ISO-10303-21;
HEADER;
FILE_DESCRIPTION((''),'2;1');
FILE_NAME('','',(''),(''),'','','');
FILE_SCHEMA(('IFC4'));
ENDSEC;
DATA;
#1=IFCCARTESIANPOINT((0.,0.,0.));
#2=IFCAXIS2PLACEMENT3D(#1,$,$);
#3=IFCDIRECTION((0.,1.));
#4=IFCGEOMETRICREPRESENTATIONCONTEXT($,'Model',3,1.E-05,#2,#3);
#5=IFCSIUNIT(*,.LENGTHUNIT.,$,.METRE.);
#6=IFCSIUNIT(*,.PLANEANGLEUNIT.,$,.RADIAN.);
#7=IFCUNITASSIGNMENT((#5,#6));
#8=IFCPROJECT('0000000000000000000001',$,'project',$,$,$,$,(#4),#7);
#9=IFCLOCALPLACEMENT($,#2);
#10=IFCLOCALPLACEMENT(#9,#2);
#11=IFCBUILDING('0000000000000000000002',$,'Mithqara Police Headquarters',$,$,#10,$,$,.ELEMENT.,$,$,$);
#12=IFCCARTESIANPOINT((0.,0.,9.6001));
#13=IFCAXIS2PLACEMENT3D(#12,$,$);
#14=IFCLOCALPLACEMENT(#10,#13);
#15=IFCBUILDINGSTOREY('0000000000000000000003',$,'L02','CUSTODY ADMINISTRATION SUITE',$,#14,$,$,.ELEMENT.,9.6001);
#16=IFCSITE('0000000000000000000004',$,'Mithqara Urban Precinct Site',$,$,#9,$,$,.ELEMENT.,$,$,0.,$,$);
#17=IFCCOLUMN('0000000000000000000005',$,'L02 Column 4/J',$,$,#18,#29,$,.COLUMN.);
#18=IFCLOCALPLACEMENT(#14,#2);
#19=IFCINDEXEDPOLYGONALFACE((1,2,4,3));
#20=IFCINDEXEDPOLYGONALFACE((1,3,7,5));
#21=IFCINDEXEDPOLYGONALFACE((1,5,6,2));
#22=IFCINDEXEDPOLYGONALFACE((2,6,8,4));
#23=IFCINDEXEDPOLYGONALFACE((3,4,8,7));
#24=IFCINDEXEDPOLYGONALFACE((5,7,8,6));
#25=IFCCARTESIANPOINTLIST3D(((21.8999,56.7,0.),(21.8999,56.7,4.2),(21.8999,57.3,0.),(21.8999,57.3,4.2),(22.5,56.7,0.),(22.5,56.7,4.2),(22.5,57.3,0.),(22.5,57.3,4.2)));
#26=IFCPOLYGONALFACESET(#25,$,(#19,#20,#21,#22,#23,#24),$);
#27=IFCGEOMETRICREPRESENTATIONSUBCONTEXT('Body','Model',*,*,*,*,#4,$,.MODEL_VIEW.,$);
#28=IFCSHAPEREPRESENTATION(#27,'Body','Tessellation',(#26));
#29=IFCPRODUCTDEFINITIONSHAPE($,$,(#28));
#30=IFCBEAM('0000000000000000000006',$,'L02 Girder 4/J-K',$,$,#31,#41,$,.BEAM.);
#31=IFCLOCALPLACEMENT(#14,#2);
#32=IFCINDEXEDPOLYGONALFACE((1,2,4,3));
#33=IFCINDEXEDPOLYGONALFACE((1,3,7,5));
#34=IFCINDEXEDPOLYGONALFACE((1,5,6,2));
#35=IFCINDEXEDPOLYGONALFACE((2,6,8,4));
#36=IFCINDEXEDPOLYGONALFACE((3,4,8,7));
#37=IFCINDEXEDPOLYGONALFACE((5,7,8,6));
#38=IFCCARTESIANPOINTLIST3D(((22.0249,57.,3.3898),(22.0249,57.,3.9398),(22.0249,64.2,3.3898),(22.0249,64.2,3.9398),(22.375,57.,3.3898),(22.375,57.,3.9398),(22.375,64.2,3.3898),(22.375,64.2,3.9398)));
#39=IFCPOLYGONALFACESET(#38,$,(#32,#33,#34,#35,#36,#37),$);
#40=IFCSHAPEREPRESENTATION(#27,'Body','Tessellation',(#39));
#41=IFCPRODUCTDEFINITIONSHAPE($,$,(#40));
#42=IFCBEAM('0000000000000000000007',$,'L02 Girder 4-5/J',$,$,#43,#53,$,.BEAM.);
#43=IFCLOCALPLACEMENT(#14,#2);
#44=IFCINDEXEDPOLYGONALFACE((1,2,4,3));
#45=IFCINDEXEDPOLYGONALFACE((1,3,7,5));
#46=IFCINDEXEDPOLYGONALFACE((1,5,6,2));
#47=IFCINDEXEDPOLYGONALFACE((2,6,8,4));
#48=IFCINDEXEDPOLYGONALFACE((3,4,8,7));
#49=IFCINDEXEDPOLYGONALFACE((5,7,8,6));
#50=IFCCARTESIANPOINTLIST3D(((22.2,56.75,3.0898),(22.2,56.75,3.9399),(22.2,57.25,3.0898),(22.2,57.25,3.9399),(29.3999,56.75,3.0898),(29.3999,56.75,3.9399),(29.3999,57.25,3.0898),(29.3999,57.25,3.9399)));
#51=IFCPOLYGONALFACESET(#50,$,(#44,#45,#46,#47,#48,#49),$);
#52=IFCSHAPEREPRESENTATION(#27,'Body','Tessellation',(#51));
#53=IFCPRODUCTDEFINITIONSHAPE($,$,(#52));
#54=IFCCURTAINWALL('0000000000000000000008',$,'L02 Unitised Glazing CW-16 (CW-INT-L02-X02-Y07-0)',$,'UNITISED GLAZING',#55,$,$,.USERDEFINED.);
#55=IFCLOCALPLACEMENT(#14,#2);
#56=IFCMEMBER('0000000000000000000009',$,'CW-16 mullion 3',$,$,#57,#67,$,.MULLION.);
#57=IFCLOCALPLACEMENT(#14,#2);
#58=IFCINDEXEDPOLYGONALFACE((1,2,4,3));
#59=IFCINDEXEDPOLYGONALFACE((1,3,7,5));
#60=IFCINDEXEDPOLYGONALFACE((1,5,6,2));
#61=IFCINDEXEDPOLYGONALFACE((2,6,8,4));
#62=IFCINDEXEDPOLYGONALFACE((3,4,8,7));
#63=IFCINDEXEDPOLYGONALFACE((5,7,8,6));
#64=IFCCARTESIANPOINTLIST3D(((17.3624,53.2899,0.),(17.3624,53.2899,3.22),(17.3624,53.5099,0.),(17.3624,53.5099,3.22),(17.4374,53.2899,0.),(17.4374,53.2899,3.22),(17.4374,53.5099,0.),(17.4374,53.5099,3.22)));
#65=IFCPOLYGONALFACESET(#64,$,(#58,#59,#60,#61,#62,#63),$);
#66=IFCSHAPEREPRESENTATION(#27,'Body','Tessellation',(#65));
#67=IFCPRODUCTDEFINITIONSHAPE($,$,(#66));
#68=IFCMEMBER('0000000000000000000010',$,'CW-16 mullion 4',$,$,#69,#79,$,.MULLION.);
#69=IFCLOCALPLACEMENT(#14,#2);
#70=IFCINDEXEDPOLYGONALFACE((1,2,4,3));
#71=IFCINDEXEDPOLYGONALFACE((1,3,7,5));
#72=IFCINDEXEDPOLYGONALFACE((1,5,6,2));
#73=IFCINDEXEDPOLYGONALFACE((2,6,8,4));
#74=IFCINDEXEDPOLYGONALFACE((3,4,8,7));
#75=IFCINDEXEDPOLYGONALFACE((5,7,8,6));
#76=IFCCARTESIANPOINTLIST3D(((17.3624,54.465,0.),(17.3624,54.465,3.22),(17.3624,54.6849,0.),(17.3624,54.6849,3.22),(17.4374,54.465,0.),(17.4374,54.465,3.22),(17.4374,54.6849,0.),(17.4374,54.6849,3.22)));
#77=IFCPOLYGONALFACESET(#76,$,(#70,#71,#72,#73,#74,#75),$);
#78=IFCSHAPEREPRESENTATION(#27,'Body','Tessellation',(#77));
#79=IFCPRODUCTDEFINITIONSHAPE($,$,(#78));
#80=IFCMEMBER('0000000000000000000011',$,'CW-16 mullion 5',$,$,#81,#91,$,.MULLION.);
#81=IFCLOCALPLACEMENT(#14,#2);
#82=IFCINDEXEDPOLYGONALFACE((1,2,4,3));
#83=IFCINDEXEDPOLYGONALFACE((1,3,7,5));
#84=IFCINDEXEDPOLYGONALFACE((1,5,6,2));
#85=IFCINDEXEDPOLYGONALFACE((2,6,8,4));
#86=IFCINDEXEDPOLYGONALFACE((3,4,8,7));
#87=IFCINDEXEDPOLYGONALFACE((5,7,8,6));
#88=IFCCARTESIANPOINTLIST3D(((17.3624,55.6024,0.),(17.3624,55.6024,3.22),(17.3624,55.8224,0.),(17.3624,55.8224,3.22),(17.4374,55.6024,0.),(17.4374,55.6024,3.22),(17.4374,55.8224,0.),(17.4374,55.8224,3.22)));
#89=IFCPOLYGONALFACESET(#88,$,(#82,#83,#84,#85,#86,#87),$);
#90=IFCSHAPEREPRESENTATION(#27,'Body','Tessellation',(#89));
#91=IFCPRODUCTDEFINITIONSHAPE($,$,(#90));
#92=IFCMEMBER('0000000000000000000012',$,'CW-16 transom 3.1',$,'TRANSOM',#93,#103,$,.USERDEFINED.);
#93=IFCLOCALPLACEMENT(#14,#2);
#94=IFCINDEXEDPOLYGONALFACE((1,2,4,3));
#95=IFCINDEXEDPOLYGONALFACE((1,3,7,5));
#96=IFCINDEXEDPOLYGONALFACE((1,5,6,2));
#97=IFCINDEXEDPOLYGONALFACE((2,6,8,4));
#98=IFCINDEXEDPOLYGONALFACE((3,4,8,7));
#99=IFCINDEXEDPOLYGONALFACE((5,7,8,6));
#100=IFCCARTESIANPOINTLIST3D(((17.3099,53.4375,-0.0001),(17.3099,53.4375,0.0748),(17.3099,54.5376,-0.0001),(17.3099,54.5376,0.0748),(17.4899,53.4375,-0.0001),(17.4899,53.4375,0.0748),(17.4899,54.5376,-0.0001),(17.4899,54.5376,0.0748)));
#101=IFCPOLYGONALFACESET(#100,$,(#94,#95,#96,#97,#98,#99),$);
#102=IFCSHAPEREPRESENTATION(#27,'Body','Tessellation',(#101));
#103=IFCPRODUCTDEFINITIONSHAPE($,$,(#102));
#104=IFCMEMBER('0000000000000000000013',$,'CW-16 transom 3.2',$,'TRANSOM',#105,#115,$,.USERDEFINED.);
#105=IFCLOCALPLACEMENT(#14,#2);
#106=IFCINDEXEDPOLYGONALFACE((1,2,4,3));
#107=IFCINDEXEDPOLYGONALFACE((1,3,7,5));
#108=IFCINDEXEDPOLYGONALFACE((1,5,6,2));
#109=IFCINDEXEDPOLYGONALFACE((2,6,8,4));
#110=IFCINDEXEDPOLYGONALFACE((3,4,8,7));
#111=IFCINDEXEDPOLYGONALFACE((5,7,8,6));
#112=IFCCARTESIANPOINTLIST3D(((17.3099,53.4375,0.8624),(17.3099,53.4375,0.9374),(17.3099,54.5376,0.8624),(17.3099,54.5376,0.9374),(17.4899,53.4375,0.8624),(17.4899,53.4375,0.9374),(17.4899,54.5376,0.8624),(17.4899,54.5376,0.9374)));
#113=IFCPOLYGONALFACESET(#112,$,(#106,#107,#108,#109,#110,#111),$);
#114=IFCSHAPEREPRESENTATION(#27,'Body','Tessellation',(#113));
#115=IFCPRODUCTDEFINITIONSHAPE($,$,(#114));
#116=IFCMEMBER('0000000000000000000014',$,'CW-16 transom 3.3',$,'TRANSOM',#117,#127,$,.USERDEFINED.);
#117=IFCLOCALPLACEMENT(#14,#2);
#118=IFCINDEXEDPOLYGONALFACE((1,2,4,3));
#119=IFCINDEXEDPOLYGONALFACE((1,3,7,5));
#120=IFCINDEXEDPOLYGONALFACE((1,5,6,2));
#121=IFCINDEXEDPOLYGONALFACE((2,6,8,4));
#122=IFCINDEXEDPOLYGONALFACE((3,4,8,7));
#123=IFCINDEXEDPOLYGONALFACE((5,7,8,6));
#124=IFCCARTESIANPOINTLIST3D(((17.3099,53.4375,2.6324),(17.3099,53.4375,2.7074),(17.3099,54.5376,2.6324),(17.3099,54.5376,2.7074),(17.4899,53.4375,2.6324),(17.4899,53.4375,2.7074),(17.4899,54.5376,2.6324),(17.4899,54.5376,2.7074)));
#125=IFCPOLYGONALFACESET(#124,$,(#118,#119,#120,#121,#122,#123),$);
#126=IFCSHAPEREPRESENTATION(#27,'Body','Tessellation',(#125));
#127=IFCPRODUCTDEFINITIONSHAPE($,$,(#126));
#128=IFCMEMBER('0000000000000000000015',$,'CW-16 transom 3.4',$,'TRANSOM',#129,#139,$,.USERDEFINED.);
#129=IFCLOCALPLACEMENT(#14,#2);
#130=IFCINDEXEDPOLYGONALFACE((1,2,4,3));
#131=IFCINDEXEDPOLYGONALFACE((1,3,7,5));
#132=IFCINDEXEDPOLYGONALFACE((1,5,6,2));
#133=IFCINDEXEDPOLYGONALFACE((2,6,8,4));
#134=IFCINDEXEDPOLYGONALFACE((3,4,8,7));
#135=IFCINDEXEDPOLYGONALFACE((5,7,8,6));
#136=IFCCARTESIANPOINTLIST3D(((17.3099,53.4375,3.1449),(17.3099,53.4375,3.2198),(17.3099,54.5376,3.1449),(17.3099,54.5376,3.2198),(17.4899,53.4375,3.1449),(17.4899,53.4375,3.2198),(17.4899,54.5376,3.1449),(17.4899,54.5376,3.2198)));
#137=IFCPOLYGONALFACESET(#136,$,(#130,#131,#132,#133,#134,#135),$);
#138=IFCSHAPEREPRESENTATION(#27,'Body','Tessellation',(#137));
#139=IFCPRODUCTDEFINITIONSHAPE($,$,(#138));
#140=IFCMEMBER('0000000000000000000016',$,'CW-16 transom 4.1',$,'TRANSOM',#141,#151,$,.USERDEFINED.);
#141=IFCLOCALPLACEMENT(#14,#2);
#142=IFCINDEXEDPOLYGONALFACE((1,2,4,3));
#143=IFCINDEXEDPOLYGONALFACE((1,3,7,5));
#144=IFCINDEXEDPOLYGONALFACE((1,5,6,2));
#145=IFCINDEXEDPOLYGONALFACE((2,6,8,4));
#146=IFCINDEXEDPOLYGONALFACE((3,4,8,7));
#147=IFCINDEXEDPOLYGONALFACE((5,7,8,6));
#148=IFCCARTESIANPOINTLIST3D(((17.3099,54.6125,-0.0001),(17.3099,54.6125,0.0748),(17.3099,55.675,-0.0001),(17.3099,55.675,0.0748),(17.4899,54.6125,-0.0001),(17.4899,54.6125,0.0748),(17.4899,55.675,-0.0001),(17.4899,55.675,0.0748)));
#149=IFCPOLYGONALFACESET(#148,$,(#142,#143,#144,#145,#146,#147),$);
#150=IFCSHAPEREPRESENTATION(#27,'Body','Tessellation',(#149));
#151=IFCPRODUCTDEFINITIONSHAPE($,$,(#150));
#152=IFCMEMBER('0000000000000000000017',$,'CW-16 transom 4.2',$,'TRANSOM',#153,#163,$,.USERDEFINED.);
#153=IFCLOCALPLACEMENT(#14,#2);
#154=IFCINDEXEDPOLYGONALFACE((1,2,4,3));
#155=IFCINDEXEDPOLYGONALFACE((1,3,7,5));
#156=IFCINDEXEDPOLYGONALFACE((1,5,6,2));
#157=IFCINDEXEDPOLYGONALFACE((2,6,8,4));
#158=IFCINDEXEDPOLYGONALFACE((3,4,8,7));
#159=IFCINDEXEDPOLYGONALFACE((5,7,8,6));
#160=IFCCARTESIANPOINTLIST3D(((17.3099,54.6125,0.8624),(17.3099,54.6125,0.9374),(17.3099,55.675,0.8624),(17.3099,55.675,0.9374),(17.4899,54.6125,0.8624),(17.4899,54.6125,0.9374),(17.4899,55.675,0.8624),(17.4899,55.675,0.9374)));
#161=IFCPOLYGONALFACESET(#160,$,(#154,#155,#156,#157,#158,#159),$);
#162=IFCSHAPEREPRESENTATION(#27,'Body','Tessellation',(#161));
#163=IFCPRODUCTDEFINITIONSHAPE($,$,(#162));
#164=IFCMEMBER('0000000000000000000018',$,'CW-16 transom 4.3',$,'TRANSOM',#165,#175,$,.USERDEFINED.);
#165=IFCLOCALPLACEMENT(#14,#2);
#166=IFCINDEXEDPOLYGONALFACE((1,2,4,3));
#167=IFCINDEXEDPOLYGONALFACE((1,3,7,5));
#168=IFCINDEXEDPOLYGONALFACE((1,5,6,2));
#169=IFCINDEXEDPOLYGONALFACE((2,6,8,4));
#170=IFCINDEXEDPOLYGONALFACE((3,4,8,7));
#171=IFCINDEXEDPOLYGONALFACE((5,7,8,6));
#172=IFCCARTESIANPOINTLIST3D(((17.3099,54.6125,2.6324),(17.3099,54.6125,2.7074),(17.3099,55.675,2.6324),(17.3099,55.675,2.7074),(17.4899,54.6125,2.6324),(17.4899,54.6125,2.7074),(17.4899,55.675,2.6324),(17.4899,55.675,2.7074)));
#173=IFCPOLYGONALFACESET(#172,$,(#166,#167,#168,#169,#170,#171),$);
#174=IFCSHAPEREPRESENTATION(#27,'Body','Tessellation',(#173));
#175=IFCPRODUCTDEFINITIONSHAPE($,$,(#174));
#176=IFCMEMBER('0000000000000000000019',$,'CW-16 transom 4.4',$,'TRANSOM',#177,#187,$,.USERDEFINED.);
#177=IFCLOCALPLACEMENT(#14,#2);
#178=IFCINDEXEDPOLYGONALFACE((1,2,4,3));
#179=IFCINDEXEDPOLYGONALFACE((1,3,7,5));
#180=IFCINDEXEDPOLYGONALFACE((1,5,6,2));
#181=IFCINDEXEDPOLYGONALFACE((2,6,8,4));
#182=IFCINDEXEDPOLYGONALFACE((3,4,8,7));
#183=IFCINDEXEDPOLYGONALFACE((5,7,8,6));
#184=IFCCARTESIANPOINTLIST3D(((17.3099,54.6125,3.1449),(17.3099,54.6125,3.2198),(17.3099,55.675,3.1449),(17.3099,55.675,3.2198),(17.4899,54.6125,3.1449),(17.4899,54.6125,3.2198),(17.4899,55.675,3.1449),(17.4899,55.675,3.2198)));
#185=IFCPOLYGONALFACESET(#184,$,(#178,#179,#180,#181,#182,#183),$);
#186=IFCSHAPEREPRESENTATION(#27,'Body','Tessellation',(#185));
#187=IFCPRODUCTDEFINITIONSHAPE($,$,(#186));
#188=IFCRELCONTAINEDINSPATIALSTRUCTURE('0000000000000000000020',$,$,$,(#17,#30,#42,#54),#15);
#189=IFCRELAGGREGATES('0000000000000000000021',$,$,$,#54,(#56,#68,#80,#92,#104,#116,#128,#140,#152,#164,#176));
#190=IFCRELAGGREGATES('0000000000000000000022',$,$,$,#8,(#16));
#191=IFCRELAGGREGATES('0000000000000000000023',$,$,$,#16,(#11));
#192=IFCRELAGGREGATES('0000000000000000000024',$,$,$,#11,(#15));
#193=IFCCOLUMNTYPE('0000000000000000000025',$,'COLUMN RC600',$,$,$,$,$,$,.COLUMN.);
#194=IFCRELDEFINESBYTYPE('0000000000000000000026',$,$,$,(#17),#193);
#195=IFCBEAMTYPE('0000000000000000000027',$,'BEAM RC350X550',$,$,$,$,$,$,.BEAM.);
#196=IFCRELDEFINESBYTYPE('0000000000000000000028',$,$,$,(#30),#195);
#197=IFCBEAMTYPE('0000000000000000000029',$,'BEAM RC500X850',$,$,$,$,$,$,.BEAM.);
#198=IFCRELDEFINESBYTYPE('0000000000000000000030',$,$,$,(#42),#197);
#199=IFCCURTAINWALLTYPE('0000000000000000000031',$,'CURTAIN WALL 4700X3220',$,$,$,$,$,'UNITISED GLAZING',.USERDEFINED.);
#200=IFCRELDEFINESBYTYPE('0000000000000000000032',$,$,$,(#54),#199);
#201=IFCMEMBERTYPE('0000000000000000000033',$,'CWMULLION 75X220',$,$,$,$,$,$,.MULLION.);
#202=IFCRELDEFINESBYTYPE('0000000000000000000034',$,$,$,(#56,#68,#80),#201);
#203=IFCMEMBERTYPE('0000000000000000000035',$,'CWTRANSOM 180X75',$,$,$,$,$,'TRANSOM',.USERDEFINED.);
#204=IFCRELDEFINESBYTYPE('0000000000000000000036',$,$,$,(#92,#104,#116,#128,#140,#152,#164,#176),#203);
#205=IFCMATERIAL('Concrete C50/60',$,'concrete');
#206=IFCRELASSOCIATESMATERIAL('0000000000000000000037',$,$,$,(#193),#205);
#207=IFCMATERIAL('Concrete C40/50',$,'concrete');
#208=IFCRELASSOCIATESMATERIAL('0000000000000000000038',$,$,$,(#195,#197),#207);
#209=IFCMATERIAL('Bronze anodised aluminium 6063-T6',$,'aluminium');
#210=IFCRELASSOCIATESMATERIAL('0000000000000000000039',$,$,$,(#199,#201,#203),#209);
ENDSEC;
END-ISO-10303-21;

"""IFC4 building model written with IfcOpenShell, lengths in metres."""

from ifc_helpers import new_model, si_unit, direction, frame, origin, origin_2d, place, context, subcontext, project, spatial, rectangle, extrude, material, material_profile, profile_set, type_object, element, aggregate, save


model = new_model("IFC4")

# Units and contexts
model_context = context("Model", 3, precision=1e-05, world=origin(), true_north=direction((0.0, 1.0)))
body_context = subcontext(model_context, "Body", "Model", "MODEL_VIEW")
ifc_project = project(units=[si_unit("LENGTHUNIT", "METRE"), si_unit("PLANEANGLEUNIT", "RADIAN")], contexts=[model_context])

# Site, building, storey
site_placement = place(None, origin())
site = spatial("IfcSite", under=ifc_project, at=site_placement, Name="Mithqara Urban Precinct Site", CompositionType="ELEMENT", RefElevation=0.0)
building_placement = place(site_placement, origin())
building = spatial("IfcBuilding", under=site, at=building_placement, Name="Mithqara Police Headquarters", CompositionType="ELEMENT")
storey_placement = place(building_placement, frame((0.0, 0.0, 9.6001)))
storey = spatial("IfcBuildingStorey", under=building, at=storey_placement, Name="L02", Description="CUSTODY ADMINISTRATION SUITE", CompositionType="ELEMENT", Elevation=9.6001)

# Column
ifc_material_1 = material(Name="Concrete C50/60", Category="concrete")
ifc_material_profile_1 = material_profile(ifc_material_1, rectangle(XDim=0.6001, YDim=0.6001, at=origin_2d()), Name="RC 600x600")
ifc_profile_set_1 = profile_set([ifc_material_profile_1], Name="Concrete C50/60")
column_type = type_object("IfcColumnType", Name="COLUMN RC600", PredefinedType="COLUMN", material=ifc_profile_set_1)
column_placement = place(storey_placement, frame((22.2, 57.0, 0.0), z_axis=(0.0, 0.0, 1.0), x_axis=(1.0, 0.0, 0.0)))
element("IfcColumn", 1, at=column_placement, inside=storey, type_object=column_type, Name="L02 Column 4/J", PredefinedType="COLUMN", context=body_context, shape_type="SweptSolid", body=[
    extrude(rectangle(XDim=0.6001, YDim=0.6001, at=origin_2d()), origin(), (0.0, 0.0, 1.0), 4.2),
])

# Beams
ifc_material_2 = material(Name="Concrete C40/50", Category="concrete")
ifc_material_profile_2 = material_profile(ifc_material_2, rectangle(XDim=0.3501, YDim=0.55, at=origin_2d()), Name="RC 350x550")
ifc_profile_set_2 = profile_set([ifc_material_profile_2], Name="Concrete C40/50")
beam_type_1 = type_object("IfcBeamType", Name="BEAM RC350X550", PredefinedType="BEAM", material=ifc_profile_set_2)
beam_1_placement = place(storey_placement, frame((22.2, 57.0, 3.6648), z_axis=(0.0, 1.0, 0.0), x_axis=(-1.0, 0.0, 0.0)))
element("IfcBeam", 2, at=beam_1_placement, inside=storey, type_object=beam_type_1, Name="L02 Girder 4/J-K", PredefinedType="BEAM", context=body_context, shape_type="SweptSolid", body=[
    extrude(rectangle(XDim=0.3501, YDim=0.55, at=origin_2d()), origin(), (0.0, 0.0, 1.0), 7.2),
])
ifc_material_profile_3 = material_profile(ifc_material_2, rectangle(XDim=0.5, YDim=0.8501, at=origin_2d()), Name="RC 500x850")
ifc_profile_set_3 = profile_set([ifc_material_profile_3], Name="Concrete C40/50")
beam_type_2 = type_object("IfcBeamType", Name="BEAM RC500X850", PredefinedType="BEAM", material=ifc_profile_set_3)
beam_2_placement = place(storey_placement, frame((22.2, 57.0, 3.5149), z_axis=(1.0, 0.0, 0.0), x_axis=(0.0, 1.0, 0.0)))
element("IfcBeam", 3, at=beam_2_placement, inside=storey, type_object=beam_type_2, Name="L02 Girder 4-5/J", PredefinedType="BEAM", context=body_context, shape_type="SweptSolid", body=[
    extrude(rectangle(XDim=0.5, YDim=0.8501, at=origin_2d()), origin(), (0.0, 0.0, 1.0), 7.2),
])

# Curtain wall, members
ifc_material_3 = material(Name="Bronze anodised aluminium 6063-T6", Category="aluminium")
curtain_wall_type = type_object("IfcCurtainWallType", Name="CURTAIN WALL 4700X3220", ElementType="UNITISED GLAZING", PredefinedType="USERDEFINED", material=ifc_material_3)
curtain_wall_placement = place(storey_placement, origin())
curtain_wall = element("IfcCurtainWall", 4, at=curtain_wall_placement, inside=storey, type_object=curtain_wall_type, Name="L02 Unitised Glazing CW-16 (CW-INT-L02-X02-Y07-0)", ObjectType="UNITISED GLAZING", PredefinedType="USERDEFINED")
ifc_material_profile_4 = material_profile(ifc_material_3, rectangle(XDim=0.075, YDim=0.22, at=origin_2d()), Name="CWM 75x220")
ifc_profile_set_4 = profile_set([ifc_material_profile_4], Name="Bronze anodised aluminium 6063-T6")
member_type_1 = type_object("IfcMemberType", Name="CWMULLION 75X220", PredefinedType="MULLION", material=ifc_profile_set_4)
member_1_placement = place(storey_placement, frame((17.3999, 53.3999, 0.0), z_axis=(0.0, 0.0, 1.0), x_axis=(-1.0, 0.0, 0.0)))
member_1 = element("IfcMember", 5, at=member_1_placement, type_object=member_type_1, Name="CW-16 mullion 3", PredefinedType="MULLION", context=body_context, shape_type="SweptSolid", body=[
    extrude(rectangle(XDim=0.075, YDim=0.22, at=origin_2d()), origin(), (0.0, 0.0, 1.0), 3.22),
])
member_2_placement = place(storey_placement, frame((17.3999, 54.575, 0.0), z_axis=(0.0, 0.0, 1.0), x_axis=(-1.0, 0.0, 0.0)))
member_2 = element("IfcMember", 6, at=member_2_placement, type_object=member_type_1, Name="CW-16 mullion 4", PredefinedType="MULLION", context=body_context, shape_type="SweptSolid", body=[
    extrude(rectangle(XDim=0.075, YDim=0.22, at=origin_2d()), origin(), (0.0, 0.0, 1.0), 3.22),
])
member_3_placement = place(storey_placement, frame((17.3999, 55.7124, 0.0), z_axis=(0.0, 0.0, 1.0), x_axis=(-1.0, 0.0, 0.0)))
member_3 = element("IfcMember", 7, at=member_3_placement, type_object=member_type_1, Name="CW-16 mullion 5", PredefinedType="MULLION", context=body_context, shape_type="SweptSolid", body=[
    extrude(rectangle(XDim=0.075, YDim=0.22, at=origin_2d()), origin(), (0.0, 0.0, 1.0), 3.22),
])
ifc_material_profile_5 = material_profile(ifc_material_3, rectangle(XDim=0.1799, YDim=0.075, at=origin_2d()), Name="CWT 180x75")
ifc_profile_set_5 = profile_set([ifc_material_profile_5], Name="Bronze anodised aluminium 6063-T6")
member_type_2 = type_object("IfcMemberType", Name="CWTRANSOM 180X75", ElementType="TRANSOM", PredefinedType="USERDEFINED", material=ifc_profile_set_5)
member_4_placement = place(storey_placement, frame((17.3999, 53.4375, 0.0374), z_axis=(0.0, 1.0, 0.0), x_axis=(-1.0, 0.0, 0.0)))
member_4 = element("IfcMember", 8, at=member_4_placement, type_object=member_type_2, Name="CW-16 transom 3.1", ObjectType="TRANSOM", PredefinedType="USERDEFINED", context=body_context, shape_type="SweptSolid", body=[
    extrude(rectangle(XDim=0.1799, YDim=0.075, at=origin_2d()), origin(), (0.0, 0.0, 1.0), 1.1001),
])
member_5_placement = place(storey_placement, frame((17.3999, 53.4375, 0.8999), z_axis=(0.0, 1.0, 0.0), x_axis=(-1.0, 0.0, 0.0)))
member_5 = element("IfcMember", 9, at=member_5_placement, type_object=member_type_2, Name="CW-16 transom 3.2", ObjectType="TRANSOM", PredefinedType="USERDEFINED", context=body_context, shape_type="SweptSolid", body=[
    extrude(rectangle(XDim=0.1799, YDim=0.075, at=origin_2d()), origin(), (0.0, 0.0, 1.0), 1.1001),
])
member_6_placement = place(storey_placement, frame((17.3999, 53.4375, 2.6699), z_axis=(0.0, 1.0, 0.0), x_axis=(-1.0, 0.0, 0.0)))
member_6 = element("IfcMember", 10, at=member_6_placement, type_object=member_type_2, Name="CW-16 transom 3.3", ObjectType="TRANSOM", PredefinedType="USERDEFINED", context=body_context, shape_type="SweptSolid", body=[
    extrude(rectangle(XDim=0.1799, YDim=0.075, at=origin_2d()), origin(), (0.0, 0.0, 1.0), 1.1001),
])
member_7_placement = place(storey_placement, frame((17.3999, 53.4375, 3.1824), z_axis=(0.0, 1.0, 0.0), x_axis=(-1.0, 0.0, 0.0)))
member_7 = element("IfcMember", 11, at=member_7_placement, type_object=member_type_2, Name="CW-16 transom 3.4", ObjectType="TRANSOM", PredefinedType="USERDEFINED", context=body_context, shape_type="SweptSolid", body=[
    extrude(rectangle(XDim=0.1799, YDim=0.075, at=origin_2d()), origin(), (0.0, 0.0, 1.0), 1.1001),
])
member_8_placement = place(storey_placement, frame((17.3999, 54.6125, 0.0374), z_axis=(0.0, 1.0, 0.0), x_axis=(-1.0, 0.0, 0.0)))
member_8 = element("IfcMember", 12, at=member_8_placement, type_object=member_type_2, Name="CW-16 transom 4.1", ObjectType="TRANSOM", PredefinedType="USERDEFINED", context=body_context, shape_type="SweptSolid", body=[
    extrude(rectangle(XDim=0.1799, YDim=0.075, at=origin_2d()), origin(), (0.0, 0.0, 1.0), 1.0625),
])
member_9_placement = place(storey_placement, frame((17.3999, 54.6125, 0.8999), z_axis=(0.0, 1.0, 0.0), x_axis=(-1.0, 0.0, 0.0)))
member_9 = element("IfcMember", 13, at=member_9_placement, type_object=member_type_2, Name="CW-16 transom 4.2", ObjectType="TRANSOM", PredefinedType="USERDEFINED", context=body_context, shape_type="SweptSolid", body=[
    extrude(rectangle(XDim=0.1799, YDim=0.075, at=origin_2d()), origin(), (0.0, 0.0, 1.0), 1.0625),
])
member_10_placement = place(storey_placement, frame((17.3999, 54.6125, 2.6699), z_axis=(0.0, 1.0, 0.0), x_axis=(-1.0, 0.0, 0.0)))
member_10 = element("IfcMember", 14, at=member_10_placement, type_object=member_type_2, Name="CW-16 transom 4.3", ObjectType="TRANSOM", PredefinedType="USERDEFINED", context=body_context, shape_type="SweptSolid", body=[
    extrude(rectangle(XDim=0.1799, YDim=0.075, at=origin_2d()), origin(), (0.0, 0.0, 1.0), 1.0625),
])
member_11_placement = place(storey_placement, frame((17.3999, 54.6125, 3.1824), z_axis=(0.0, 1.0, 0.0), x_axis=(-1.0, 0.0, 0.0)))
member_11 = element("IfcMember", 15, at=member_11_placement, type_object=member_type_2, Name="CW-16 transom 4.4", ObjectType="TRANSOM", PredefinedType="USERDEFINED", context=body_context, shape_type="SweptSolid", body=[
    extrude(rectangle(XDim=0.1799, YDim=0.075, at=origin_2d()), origin(), (0.0, 0.0, 1.0), 1.0625),
])
aggregate(curtain_wall, [member_1, member_2, member_3, member_4, member_5, member_6, member_7, member_8, member_9, member_10, member_11])

save(model, "model.ifc")
